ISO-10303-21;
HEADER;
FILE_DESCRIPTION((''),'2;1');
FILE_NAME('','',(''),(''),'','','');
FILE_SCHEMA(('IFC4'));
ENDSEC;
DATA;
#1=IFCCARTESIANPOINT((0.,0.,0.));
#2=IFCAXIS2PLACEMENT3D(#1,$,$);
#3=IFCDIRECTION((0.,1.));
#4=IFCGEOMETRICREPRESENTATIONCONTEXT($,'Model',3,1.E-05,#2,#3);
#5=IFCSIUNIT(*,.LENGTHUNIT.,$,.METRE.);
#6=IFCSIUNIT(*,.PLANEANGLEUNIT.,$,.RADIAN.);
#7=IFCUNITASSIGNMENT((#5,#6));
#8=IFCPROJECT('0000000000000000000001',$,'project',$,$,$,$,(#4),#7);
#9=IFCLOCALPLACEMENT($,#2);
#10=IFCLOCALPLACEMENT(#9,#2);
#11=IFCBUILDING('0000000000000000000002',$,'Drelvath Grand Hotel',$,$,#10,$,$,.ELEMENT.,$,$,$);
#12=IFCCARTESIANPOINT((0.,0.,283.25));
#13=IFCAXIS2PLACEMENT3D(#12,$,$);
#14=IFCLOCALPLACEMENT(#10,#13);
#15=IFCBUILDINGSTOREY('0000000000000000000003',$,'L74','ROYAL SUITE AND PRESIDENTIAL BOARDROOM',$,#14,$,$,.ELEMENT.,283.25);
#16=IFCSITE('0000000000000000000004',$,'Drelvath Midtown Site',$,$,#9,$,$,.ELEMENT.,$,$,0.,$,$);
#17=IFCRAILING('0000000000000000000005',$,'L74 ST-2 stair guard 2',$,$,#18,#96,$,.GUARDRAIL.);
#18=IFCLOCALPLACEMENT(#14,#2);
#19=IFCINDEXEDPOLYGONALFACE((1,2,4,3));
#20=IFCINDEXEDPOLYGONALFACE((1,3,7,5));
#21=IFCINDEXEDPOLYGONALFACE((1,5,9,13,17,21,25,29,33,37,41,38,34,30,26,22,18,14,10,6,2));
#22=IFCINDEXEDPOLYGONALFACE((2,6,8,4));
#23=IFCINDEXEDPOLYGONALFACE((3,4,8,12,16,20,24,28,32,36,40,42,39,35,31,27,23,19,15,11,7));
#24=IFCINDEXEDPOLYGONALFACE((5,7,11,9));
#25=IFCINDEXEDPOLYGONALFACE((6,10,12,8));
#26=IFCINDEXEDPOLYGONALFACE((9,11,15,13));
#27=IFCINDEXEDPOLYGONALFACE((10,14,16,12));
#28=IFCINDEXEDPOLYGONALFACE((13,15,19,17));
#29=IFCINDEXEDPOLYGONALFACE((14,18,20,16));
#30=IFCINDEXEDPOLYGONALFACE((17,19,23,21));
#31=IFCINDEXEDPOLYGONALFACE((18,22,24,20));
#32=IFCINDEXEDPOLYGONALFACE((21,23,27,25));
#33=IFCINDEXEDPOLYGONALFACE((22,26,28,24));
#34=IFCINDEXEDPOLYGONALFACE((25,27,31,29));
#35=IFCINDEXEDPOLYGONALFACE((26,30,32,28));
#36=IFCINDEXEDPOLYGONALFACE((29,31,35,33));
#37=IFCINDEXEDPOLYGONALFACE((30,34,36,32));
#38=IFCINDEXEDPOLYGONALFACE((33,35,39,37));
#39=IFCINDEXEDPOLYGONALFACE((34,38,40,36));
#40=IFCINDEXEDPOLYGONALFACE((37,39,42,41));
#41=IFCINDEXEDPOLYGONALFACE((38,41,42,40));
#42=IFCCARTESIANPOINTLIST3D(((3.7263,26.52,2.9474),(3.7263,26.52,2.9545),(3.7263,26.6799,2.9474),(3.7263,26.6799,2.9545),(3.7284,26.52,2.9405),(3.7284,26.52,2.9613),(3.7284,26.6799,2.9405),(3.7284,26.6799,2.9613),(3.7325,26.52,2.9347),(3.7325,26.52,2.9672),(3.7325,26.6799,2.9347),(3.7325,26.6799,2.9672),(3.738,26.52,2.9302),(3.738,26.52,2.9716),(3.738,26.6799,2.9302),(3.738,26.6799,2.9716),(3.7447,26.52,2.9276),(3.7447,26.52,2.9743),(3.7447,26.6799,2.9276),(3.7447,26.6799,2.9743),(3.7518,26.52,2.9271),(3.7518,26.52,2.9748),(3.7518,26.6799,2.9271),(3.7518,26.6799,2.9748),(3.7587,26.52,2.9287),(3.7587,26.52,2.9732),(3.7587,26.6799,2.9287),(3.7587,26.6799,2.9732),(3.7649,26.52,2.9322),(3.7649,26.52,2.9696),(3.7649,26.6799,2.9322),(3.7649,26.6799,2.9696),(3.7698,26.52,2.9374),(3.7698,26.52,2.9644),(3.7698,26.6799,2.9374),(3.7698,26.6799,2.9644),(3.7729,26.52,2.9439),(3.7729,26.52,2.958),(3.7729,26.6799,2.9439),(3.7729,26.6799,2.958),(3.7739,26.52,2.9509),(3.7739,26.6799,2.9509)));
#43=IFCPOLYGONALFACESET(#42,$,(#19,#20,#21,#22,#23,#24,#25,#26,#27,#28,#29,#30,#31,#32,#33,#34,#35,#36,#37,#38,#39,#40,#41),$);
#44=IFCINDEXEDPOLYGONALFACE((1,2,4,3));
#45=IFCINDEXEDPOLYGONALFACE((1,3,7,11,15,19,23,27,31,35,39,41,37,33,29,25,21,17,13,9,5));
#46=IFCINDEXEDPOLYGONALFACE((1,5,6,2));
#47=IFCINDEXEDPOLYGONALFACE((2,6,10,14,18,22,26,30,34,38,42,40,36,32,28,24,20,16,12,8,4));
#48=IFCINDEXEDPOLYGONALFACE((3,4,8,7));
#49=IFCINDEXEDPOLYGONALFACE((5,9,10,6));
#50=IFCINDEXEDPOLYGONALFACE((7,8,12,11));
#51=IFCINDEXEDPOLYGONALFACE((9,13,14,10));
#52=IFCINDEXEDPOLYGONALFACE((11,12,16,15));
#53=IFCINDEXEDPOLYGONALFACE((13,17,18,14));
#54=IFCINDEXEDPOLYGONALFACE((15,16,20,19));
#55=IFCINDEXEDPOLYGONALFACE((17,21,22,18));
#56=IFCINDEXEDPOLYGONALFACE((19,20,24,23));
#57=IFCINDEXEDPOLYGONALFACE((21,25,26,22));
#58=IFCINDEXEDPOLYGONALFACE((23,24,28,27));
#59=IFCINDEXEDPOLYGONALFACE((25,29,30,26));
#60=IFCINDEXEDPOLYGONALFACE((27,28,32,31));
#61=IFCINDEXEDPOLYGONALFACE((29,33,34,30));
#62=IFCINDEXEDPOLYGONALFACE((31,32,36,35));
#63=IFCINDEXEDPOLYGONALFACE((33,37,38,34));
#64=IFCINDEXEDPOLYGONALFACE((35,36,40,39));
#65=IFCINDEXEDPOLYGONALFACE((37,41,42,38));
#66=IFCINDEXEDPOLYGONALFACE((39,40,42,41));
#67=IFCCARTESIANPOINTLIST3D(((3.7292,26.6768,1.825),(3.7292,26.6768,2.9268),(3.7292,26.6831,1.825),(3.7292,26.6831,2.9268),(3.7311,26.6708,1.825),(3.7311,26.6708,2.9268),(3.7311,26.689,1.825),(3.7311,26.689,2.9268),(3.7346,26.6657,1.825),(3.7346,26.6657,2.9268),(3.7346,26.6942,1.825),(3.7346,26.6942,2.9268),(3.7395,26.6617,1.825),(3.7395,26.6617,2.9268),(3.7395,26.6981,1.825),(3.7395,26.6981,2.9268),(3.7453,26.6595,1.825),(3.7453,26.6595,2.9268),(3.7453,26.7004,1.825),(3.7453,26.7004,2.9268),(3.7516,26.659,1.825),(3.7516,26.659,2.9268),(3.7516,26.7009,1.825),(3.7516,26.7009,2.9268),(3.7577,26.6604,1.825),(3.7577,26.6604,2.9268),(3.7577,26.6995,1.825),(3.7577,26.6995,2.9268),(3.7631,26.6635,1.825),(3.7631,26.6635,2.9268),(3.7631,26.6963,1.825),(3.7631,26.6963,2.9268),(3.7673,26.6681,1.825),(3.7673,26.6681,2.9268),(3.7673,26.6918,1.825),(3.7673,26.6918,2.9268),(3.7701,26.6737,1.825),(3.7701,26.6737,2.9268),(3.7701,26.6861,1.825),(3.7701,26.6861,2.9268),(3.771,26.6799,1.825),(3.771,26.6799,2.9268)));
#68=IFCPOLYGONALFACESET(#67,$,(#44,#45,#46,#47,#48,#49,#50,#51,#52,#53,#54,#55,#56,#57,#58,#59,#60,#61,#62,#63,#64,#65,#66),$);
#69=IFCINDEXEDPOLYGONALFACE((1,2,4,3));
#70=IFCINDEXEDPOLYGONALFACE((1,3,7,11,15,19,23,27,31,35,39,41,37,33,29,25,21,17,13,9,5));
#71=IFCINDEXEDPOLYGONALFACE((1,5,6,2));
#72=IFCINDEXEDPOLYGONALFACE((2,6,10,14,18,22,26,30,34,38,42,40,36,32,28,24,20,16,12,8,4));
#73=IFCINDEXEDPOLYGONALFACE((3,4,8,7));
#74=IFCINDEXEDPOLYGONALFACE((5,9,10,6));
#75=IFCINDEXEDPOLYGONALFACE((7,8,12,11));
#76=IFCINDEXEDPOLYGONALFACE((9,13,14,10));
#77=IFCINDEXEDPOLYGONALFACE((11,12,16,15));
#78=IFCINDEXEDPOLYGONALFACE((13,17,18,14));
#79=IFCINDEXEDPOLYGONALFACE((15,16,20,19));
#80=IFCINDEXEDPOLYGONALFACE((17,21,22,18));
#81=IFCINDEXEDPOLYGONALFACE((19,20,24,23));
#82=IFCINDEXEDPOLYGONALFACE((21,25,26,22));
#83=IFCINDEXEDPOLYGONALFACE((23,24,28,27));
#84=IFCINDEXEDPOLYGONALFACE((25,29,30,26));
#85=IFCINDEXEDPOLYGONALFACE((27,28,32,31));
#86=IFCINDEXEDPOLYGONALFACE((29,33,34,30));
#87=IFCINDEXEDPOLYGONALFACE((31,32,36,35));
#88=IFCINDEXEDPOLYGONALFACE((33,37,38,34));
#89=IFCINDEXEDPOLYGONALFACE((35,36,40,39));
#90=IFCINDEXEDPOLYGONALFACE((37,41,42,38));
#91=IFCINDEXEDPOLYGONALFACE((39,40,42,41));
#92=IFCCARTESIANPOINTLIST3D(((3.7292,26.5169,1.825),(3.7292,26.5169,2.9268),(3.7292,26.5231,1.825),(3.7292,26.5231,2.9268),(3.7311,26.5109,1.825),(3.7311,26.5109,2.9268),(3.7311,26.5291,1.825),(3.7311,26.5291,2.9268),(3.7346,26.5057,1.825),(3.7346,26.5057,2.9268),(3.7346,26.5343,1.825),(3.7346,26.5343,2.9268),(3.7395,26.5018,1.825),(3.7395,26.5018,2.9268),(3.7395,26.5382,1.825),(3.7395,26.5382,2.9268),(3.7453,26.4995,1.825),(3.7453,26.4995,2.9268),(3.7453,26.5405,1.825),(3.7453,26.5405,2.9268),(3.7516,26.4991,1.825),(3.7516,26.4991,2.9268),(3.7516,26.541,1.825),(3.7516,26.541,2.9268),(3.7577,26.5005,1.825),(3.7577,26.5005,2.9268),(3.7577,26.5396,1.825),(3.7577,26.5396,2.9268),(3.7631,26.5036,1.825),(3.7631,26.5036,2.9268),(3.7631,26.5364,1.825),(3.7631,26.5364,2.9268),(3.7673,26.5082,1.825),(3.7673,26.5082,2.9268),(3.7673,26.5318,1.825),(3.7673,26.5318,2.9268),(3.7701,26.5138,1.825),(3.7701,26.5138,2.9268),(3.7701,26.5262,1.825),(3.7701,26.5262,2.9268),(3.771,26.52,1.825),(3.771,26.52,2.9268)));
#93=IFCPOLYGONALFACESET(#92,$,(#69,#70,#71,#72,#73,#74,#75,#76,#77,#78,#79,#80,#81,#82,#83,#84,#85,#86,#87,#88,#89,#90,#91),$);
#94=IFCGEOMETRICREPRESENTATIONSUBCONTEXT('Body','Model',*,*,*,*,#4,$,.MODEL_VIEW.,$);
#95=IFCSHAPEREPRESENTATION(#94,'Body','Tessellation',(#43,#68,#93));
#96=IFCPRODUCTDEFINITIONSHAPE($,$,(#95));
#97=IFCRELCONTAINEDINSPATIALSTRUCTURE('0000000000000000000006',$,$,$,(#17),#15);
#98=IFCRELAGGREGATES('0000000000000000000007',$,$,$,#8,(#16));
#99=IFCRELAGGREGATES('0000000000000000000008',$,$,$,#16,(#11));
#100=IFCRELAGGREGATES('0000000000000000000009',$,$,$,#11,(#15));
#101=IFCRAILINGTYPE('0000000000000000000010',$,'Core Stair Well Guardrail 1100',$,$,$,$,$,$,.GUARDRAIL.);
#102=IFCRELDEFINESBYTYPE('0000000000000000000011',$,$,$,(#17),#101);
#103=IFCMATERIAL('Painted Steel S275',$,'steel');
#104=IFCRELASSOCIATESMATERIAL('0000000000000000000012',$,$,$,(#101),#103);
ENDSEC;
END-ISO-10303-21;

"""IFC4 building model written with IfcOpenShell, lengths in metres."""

from ifc_helpers import new_model, si_unit, direction, frame, origin, origin_2d, place, context, subcontext, project, spatial, circle, extrude, material, type_object, element, save


model = new_model("IFC4")

# Units and contexts
model_context = context("Model", 3, precision=1e-05, world=origin(), true_north=direction((0.0, 1.0)))
body_context = subcontext(model_context, "Body", "Model", "MODEL_VIEW")
ifc_project = project(units=[si_unit("LENGTHUNIT", "METRE"), si_unit("PLANEANGLEUNIT", "RADIAN")], contexts=[model_context])

# Site, building, storey
site_placement = place(None, origin())
site = spatial("IfcSite", under=ifc_project, at=site_placement, Name="Drelvath Midtown Site", CompositionType="ELEMENT", RefElevation=0.0)
building_placement = place(site_placement, origin())
building = spatial("IfcBuilding", under=site, at=building_placement, Name="Drelvath Grand Hotel", CompositionType="ELEMENT")
storey_placement = place(building_placement, frame((0.0, 0.0, 283.25)))
storey = spatial("IfcBuildingStorey", under=building, at=storey_placement, Name="L74", Description="ROYAL SUITE AND PRESIDENTIAL BOARDROOM", CompositionType="ELEMENT", Elevation=283.25)

# Railing
ifc_material_1 = material(Name="Painted Steel S275", Category="steel")
railing_type_1 = type_object("IfcRailingType", Name="Core Stair Well Guardrail 1100", PredefinedType="GUARDRAIL", material=ifc_material_1)
railing_1_placement = place(storey_placement, frame((3.75, 26.6799, 1.825)))
element("IfcRailing", 1, at=railing_1_placement, inside=storey, type_object=railing_type_1, Name="L74 ST-2 stair guard 2", PredefinedType="GUARDRAIL", context=body_context, shape_type="SweptSolid", body=[
    extrude(circle(Radius=0.0239, at=origin_2d()), frame((0.0, 0.0, 1.126), z_axis=(0.0, -1.0, 0.0), x_axis=(1.0, 0.0, 0.0)), (0.0, 0.0, 1.0), 0.1599),
    extrude(circle(Radius=0.021, at=origin_2d()), origin(), (0.0, 0.0, 1.0), 1.1018),
    extrude(circle(Radius=0.021, at=origin_2d()), frame((0.0, -0.1599, 0.0)), (0.0, 0.0, 1.0), 1.1018),
])

save(model, "model.ifc")
